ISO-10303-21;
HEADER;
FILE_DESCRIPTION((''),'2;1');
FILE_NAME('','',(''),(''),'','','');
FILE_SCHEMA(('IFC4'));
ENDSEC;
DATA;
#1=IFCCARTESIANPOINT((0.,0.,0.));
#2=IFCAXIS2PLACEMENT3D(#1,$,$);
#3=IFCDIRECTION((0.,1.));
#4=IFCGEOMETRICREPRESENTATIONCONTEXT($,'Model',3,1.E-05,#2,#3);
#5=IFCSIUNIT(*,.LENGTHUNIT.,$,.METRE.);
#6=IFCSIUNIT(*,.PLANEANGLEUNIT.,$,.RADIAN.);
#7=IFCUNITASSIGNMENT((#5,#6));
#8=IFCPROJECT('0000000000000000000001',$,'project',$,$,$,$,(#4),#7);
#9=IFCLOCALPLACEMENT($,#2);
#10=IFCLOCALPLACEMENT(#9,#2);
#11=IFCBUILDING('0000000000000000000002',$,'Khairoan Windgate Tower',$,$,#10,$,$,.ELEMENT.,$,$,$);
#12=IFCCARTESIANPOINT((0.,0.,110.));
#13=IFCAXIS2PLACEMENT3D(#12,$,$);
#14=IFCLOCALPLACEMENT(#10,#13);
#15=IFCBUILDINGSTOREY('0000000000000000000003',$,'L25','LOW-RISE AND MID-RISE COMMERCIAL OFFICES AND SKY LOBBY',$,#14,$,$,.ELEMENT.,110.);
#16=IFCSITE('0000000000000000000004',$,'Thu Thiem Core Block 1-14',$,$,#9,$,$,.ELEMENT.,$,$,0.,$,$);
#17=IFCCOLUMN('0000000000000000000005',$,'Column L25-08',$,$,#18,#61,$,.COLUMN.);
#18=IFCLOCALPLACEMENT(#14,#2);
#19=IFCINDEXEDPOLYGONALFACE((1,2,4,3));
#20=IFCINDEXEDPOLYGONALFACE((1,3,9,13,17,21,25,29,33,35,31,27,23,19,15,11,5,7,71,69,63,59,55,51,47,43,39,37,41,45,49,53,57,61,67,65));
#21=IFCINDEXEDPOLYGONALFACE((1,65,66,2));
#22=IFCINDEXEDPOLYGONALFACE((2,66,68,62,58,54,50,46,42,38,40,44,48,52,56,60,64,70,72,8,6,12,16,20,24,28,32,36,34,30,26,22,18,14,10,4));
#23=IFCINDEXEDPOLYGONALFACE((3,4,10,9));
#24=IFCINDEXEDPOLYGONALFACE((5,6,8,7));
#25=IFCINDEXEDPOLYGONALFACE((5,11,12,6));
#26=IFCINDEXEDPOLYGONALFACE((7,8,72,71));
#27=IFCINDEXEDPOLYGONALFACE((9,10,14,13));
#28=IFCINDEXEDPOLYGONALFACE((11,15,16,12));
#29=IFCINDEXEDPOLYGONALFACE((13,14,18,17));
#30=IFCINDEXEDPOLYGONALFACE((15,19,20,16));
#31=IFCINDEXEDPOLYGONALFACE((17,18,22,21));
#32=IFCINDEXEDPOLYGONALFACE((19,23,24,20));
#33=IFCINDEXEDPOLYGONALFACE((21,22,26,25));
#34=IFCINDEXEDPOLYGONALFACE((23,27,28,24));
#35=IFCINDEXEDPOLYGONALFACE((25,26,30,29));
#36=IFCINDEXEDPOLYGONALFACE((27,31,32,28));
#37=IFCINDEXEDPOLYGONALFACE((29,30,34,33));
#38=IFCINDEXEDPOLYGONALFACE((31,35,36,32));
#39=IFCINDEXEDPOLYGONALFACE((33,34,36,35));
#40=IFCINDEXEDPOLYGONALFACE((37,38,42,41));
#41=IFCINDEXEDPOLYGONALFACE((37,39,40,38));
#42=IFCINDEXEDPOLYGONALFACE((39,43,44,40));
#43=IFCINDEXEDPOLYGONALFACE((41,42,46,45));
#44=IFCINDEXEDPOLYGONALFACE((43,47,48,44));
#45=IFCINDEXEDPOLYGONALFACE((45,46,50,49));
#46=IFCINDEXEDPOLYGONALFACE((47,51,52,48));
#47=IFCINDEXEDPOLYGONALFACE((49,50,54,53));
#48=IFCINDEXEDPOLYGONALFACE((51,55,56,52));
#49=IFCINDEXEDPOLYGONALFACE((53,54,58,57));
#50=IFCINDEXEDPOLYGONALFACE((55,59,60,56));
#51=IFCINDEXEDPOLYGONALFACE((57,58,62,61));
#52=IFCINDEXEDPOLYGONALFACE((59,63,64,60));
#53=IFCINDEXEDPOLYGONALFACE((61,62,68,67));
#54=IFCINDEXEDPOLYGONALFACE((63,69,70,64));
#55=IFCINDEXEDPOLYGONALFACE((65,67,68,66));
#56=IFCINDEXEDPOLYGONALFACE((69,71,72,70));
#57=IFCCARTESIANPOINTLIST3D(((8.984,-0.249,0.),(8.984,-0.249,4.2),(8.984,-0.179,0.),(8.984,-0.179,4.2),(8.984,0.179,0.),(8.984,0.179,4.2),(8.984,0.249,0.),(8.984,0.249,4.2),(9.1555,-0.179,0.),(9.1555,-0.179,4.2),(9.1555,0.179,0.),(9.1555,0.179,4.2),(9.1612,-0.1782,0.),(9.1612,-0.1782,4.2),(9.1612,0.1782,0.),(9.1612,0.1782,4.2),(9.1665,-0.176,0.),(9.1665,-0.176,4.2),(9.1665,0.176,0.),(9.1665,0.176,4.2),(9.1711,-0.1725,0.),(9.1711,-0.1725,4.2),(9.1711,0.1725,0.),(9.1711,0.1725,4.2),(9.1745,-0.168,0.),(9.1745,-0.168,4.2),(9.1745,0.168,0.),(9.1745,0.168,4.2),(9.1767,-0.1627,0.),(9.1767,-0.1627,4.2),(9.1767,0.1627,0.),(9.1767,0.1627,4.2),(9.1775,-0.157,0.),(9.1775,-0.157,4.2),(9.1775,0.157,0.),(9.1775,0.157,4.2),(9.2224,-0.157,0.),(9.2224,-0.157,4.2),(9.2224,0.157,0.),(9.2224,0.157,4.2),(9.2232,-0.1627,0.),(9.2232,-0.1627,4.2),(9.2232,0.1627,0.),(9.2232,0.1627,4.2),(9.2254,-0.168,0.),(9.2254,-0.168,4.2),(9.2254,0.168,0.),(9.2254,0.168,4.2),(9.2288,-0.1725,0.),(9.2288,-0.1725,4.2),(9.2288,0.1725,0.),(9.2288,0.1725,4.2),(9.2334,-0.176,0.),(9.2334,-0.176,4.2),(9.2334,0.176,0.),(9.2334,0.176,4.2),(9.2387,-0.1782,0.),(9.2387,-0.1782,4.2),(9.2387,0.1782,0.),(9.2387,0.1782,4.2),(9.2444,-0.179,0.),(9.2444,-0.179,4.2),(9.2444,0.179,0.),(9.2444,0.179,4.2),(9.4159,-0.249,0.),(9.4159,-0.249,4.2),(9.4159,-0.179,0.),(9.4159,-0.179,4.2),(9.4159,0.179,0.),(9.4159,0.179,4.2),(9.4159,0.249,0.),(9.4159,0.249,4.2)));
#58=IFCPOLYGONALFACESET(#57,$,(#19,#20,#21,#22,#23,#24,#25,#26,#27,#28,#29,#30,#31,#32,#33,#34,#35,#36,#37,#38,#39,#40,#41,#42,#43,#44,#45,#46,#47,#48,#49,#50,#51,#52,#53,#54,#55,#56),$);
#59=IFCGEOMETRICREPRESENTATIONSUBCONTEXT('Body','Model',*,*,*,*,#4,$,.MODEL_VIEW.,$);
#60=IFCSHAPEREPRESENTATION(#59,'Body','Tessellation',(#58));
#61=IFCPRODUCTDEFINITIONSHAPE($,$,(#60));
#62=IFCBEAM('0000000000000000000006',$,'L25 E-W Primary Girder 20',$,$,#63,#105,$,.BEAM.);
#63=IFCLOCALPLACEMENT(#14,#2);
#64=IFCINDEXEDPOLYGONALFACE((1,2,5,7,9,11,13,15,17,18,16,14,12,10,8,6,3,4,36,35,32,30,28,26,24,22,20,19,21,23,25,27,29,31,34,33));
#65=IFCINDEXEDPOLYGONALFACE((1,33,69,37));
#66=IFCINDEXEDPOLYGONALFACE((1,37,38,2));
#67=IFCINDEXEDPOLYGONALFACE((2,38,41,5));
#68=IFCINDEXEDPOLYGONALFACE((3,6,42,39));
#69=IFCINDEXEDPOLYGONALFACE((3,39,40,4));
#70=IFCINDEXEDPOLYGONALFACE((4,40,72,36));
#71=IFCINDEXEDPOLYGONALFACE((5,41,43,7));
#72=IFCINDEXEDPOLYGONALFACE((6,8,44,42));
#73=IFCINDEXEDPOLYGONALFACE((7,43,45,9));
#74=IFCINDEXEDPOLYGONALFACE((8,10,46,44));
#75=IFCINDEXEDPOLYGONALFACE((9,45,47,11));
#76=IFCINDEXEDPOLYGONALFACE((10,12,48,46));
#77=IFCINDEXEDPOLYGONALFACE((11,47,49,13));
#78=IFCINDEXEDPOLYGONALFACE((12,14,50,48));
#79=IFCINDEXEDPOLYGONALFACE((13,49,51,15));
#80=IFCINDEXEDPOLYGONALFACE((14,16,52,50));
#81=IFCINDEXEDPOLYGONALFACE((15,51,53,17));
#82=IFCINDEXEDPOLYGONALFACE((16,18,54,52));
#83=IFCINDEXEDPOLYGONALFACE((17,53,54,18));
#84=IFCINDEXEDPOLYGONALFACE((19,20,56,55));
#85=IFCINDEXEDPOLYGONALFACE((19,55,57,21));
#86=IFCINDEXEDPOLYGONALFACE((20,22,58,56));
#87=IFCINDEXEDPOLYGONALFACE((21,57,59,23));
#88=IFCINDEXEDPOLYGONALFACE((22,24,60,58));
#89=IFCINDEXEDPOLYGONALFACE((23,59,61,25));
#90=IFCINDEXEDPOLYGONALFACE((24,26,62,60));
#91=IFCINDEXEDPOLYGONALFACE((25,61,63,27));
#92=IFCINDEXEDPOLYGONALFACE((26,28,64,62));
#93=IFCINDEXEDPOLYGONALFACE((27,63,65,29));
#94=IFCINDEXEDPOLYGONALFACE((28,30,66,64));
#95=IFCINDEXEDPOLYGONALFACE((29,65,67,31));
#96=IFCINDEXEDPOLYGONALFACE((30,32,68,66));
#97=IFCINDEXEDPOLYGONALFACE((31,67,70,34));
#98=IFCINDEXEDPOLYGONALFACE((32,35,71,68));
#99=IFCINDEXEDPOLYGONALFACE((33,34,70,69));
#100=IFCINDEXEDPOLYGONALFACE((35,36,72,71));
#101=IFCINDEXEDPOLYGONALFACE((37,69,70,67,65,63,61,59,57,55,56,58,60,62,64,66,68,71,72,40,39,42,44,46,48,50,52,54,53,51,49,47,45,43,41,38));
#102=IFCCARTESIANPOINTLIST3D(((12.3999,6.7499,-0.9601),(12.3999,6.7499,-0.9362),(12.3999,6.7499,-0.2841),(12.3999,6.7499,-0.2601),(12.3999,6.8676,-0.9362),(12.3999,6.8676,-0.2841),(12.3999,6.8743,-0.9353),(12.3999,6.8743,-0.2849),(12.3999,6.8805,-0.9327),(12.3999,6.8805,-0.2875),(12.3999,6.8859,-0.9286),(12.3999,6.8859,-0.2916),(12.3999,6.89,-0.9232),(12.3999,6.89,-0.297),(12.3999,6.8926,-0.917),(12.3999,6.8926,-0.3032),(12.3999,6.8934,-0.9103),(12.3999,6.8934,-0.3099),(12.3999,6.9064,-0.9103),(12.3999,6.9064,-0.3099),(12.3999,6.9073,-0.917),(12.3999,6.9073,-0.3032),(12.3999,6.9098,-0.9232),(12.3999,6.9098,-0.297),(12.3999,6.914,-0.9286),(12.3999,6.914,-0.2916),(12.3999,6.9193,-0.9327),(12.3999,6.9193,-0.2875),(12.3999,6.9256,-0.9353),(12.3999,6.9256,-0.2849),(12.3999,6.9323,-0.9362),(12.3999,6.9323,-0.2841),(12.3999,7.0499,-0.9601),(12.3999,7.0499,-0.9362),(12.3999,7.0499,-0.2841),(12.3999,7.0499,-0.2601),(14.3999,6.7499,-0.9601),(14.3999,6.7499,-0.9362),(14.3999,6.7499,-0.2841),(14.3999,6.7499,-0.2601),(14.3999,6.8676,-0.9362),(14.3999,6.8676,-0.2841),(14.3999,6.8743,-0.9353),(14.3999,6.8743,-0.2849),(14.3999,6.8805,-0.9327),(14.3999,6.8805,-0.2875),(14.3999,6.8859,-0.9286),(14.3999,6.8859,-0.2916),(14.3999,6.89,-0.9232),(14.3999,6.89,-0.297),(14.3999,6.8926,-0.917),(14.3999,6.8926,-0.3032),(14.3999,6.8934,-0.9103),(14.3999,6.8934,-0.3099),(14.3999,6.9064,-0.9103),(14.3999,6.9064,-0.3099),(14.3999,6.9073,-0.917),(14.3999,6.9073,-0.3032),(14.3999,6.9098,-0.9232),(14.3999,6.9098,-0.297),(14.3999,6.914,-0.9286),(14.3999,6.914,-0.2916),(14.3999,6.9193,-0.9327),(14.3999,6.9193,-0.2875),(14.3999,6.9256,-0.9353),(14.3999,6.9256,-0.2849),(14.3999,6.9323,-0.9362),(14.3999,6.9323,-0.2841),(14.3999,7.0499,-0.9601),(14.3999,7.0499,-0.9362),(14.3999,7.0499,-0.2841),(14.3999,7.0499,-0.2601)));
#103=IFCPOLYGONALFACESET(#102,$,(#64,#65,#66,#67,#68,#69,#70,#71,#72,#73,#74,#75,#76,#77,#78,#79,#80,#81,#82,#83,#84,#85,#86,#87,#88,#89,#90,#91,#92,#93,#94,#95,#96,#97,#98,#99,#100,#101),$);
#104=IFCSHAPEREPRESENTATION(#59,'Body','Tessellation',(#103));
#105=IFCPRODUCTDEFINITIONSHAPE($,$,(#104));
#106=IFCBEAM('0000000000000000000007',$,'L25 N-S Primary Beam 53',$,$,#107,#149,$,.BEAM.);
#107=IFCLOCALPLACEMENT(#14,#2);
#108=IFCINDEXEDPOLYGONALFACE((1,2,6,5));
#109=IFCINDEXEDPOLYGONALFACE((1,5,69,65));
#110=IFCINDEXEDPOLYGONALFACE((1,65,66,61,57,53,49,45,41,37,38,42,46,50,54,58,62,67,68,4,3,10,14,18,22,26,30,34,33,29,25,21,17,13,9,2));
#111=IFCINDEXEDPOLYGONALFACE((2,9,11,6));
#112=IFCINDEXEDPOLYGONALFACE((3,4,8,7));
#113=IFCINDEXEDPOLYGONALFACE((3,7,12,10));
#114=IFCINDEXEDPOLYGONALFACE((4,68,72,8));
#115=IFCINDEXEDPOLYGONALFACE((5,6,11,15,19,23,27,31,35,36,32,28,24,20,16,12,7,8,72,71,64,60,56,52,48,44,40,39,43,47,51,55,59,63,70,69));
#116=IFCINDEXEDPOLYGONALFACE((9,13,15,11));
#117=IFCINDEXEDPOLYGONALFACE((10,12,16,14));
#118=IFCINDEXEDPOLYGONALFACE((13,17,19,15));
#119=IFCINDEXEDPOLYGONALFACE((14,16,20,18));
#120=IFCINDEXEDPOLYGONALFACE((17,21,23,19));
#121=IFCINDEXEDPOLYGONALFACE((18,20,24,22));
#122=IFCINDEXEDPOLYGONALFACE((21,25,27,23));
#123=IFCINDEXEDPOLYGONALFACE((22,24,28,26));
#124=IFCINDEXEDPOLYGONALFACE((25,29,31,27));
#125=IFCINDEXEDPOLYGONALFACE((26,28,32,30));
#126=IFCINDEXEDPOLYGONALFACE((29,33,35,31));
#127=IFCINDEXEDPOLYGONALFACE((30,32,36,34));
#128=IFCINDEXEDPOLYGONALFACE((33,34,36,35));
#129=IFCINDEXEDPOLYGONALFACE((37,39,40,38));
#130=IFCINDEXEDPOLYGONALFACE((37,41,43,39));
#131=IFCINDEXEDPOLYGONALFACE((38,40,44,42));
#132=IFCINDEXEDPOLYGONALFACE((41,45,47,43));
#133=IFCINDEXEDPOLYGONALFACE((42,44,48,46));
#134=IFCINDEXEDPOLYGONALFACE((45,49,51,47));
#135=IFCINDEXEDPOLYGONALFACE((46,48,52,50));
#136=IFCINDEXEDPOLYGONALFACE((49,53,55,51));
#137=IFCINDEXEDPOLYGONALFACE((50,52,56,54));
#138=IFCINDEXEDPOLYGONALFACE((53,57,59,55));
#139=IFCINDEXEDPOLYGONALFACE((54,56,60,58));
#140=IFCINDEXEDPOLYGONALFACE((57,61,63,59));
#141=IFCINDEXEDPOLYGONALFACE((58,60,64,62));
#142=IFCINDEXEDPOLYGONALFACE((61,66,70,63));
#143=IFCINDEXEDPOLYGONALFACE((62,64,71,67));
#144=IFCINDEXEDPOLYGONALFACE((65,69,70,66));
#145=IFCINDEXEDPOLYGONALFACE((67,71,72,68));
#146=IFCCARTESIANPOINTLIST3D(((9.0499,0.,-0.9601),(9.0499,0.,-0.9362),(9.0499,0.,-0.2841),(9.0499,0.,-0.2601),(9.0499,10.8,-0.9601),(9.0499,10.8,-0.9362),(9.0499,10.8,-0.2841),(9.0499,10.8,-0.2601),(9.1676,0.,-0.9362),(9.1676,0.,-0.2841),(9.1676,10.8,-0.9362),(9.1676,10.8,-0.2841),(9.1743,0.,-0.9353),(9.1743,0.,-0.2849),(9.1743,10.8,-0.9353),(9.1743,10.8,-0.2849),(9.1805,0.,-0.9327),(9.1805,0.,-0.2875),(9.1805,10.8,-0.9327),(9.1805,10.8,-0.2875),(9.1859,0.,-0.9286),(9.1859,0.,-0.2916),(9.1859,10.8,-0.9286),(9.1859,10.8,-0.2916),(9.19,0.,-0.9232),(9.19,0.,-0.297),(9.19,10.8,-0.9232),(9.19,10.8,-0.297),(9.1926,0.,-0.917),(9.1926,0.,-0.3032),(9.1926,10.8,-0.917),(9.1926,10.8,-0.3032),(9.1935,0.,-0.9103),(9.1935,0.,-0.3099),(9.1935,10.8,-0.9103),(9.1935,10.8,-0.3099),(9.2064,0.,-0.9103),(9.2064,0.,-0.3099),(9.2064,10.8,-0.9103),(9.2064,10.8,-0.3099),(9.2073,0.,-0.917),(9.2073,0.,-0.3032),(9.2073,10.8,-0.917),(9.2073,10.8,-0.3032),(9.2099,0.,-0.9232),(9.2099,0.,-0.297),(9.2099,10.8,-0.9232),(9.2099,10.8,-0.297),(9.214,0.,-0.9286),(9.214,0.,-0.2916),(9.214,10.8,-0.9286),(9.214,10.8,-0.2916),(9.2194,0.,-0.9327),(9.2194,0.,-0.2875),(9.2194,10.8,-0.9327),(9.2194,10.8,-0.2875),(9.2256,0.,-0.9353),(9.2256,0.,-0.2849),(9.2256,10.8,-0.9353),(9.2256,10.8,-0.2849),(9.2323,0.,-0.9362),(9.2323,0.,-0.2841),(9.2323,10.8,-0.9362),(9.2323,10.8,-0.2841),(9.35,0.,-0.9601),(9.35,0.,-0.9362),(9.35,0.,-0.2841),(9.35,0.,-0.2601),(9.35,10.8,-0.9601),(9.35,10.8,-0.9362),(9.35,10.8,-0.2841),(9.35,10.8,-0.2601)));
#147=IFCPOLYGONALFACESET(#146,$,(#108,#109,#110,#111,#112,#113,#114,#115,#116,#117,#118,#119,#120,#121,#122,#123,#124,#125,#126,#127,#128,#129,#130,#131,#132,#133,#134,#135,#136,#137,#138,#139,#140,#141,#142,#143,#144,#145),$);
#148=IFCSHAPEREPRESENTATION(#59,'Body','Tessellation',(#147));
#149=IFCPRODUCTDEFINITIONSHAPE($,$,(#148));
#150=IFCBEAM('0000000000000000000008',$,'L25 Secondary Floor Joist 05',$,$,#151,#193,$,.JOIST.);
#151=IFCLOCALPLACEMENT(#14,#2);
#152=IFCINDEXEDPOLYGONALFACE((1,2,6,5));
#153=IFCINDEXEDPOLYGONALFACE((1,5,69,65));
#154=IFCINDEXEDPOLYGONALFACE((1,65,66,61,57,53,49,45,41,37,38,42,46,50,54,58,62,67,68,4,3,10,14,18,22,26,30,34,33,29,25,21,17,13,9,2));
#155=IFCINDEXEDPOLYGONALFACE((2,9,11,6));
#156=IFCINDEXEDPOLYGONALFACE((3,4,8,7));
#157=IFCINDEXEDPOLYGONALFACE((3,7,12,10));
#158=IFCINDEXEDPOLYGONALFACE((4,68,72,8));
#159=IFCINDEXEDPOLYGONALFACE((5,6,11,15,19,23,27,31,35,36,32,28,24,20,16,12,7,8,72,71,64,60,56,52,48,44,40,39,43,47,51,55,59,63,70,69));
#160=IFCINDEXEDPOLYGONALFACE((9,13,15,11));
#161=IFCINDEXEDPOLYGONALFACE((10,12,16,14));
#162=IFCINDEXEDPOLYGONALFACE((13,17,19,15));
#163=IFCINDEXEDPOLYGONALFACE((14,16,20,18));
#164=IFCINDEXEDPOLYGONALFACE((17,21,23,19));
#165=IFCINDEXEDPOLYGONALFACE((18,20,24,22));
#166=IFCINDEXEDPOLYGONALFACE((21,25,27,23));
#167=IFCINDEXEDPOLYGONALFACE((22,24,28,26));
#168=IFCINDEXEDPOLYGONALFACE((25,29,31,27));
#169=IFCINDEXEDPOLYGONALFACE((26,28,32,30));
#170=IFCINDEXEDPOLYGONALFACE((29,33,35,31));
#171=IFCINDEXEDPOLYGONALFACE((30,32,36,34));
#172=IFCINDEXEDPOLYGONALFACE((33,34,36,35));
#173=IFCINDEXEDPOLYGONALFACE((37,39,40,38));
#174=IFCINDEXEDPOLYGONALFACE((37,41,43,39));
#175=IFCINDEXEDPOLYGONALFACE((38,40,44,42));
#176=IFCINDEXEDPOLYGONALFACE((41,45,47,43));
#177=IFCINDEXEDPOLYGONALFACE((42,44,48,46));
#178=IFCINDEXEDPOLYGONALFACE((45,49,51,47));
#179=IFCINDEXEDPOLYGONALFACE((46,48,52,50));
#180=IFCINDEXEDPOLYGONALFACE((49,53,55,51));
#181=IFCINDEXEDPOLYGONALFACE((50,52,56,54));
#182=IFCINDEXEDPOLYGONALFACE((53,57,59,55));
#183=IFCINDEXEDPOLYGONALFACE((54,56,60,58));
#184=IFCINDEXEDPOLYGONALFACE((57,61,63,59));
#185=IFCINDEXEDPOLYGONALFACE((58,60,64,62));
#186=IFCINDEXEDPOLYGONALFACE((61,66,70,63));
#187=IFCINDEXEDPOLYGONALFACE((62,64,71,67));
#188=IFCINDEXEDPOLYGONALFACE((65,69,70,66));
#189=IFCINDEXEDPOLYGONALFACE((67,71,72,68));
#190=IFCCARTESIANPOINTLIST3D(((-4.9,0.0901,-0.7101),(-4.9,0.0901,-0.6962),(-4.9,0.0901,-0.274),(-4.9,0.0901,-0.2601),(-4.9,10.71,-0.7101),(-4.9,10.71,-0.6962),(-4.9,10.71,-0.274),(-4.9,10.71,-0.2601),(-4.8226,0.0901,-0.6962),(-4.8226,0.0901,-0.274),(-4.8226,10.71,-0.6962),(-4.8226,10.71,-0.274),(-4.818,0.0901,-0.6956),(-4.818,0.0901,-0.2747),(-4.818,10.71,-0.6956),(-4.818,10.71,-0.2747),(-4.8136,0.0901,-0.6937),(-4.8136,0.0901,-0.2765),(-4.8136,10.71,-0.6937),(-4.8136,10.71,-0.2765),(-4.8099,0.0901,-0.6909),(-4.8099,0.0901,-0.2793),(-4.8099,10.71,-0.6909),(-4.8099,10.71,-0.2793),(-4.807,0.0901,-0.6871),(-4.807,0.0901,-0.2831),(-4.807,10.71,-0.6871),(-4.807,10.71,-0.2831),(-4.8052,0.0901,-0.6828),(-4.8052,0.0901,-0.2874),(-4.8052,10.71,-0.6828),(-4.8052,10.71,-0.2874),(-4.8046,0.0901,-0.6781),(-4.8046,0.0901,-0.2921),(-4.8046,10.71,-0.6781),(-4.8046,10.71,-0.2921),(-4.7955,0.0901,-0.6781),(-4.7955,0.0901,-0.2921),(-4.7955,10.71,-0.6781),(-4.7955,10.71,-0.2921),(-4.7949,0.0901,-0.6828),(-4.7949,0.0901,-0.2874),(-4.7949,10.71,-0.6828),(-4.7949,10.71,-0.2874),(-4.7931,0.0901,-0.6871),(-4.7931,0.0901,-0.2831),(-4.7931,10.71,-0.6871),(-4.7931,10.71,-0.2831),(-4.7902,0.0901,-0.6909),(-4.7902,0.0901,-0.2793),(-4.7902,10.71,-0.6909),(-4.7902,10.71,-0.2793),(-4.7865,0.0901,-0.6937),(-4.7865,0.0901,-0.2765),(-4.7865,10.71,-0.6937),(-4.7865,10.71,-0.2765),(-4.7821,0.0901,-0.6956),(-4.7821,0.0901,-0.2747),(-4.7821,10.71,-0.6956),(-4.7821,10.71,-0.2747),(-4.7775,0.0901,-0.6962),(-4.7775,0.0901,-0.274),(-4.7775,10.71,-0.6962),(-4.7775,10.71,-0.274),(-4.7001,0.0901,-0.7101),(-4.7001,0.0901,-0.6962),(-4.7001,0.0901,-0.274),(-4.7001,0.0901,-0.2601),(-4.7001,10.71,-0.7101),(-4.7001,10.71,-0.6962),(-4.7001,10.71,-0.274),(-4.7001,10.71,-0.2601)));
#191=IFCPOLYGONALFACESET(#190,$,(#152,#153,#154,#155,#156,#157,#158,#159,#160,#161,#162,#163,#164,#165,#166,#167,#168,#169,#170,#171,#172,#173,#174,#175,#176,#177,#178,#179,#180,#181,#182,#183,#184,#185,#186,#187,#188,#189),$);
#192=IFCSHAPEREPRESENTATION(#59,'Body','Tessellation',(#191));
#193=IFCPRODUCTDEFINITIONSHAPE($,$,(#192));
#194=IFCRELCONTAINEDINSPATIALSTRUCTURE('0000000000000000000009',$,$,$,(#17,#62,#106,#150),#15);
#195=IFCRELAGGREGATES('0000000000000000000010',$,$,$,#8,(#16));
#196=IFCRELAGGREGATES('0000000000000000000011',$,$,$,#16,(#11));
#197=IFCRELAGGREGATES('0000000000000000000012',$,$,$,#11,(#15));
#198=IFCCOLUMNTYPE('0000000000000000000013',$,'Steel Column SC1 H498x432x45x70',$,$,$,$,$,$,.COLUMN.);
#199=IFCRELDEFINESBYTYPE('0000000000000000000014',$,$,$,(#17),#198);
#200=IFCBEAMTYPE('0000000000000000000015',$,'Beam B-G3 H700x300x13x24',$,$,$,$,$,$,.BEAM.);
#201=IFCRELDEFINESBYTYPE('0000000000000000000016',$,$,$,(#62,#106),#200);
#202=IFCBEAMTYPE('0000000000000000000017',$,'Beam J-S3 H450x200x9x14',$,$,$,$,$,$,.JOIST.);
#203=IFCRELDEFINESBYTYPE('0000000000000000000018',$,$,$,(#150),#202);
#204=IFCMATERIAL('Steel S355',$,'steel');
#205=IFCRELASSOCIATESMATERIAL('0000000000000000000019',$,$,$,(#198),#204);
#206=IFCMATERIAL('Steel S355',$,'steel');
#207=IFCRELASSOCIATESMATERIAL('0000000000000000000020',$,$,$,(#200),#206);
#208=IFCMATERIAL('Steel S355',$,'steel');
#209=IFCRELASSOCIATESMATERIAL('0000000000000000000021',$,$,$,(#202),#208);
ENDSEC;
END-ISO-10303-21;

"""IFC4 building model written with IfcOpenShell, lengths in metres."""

from ifc_helpers import new_model, si_unit, direction, frame, origin, origin_2d, place, context, subcontext, project, spatial, i_section, extrude, material, material_profile, profile_set, type_object, element, save


model = new_model("IFC4")

# Units and contexts
model_context = context("Model", 3, precision=1e-05, world=origin(), true_north=direction((0.0, 1.0)))
body_context = subcontext(model_context, "Body", "Model", "MODEL_VIEW")
ifc_project = project(units=[si_unit("LENGTHUNIT", "METRE"), si_unit("PLANEANGLEUNIT", "RADIAN")], contexts=[model_context])

# Site, building, storey
site_placement = place(None, origin())
site = spatial("IfcSite", under=ifc_project, at=site_placement, Name="Thu Thiem Core Block 1-14", CompositionType="ELEMENT", RefElevation=0.0)
building_placement = place(site_placement, origin())
building = spatial("IfcBuilding", under=site, at=building_placement, Name="Khairoan Windgate Tower", CompositionType="ELEMENT")
storey_placement = place(building_placement, frame((0.0, 0.0, 110.0)))
storey = spatial("IfcBuildingStorey", under=building, at=storey_placement, Name="L25", Description="LOW-RISE AND MID-RISE COMMERCIAL OFFICES AND SKY LOBBY", CompositionType="ELEMENT", Elevation=110.0)

# Column
ifc_material_1 = material(Name="Steel S355", Category="steel")
ifc_material_profile_1 = material_profile(ifc_material_1, i_section(OverallWidth=0.4319, OverallDepth=0.498, WebThickness=0.0449, FlangeThickness=0.0701, FilletRadius=0.022, at=origin_2d()))
ifc_profile_set_1 = profile_set([ifc_material_profile_1], Name="Steel S355")
column_type = type_object("IfcColumnType", Name="Steel Column SC1 H498x432x45x70", PredefinedType="COLUMN", material=ifc_profile_set_1)
column_placement = place(storey_placement, frame((9.2, 0.0, 0.0), z_axis=(0.0, 0.0, 1.0), x_axis=(1.0, 0.0, 0.0)))
element("IfcColumn", 1, at=column_placement, inside=storey, type_object=column_type, Name="Column L25-08", PredefinedType="COLUMN", context=body_context, shape_type="SweptSolid", body=[
    extrude(i_section(OverallWidth=0.4319, OverallDepth=0.498, WebThickness=0.0449, FlangeThickness=0.0701, FilletRadius=0.022, at=origin_2d()), origin(), (0.0, 0.0, 1.0), 4.2),
])

# Beams
ifc_material_2 = material(Name="Steel S355", Category="steel")
ifc_material_profile_2 = material_profile(ifc_material_2, i_section(OverallWidth=0.3, OverallDepth=0.7, WebThickness=0.0129, FlangeThickness=0.0239, FilletRadius=0.0259, at=origin_2d()))
ifc_profile_set_2 = profile_set([ifc_material_profile_2], Name="Steel S355")
beam_type_1 = type_object("IfcBeamType", Name="Beam B-G3 H700x300x13x24", PredefinedType="BEAM", material=ifc_profile_set_2)
beam_1_placement = place(storey_placement, frame((12.3999, 6.8999, -0.6101), z_axis=(1.0, 0.0, 0.0), x_axis=(0.0, 1.0, 0.0)))
element("IfcBeam", 2, at=beam_1_placement, inside=storey, type_object=beam_type_1, Name="L25 E-W Primary Girder 20", PredefinedType="BEAM", context=body_context, shape_type="SweptSolid", body=[
    extrude(i_section(OverallWidth=0.3, OverallDepth=0.7, WebThickness=0.0129, FlangeThickness=0.0239, FilletRadius=0.0259, at=origin_2d()), origin(), (0.0, 0.0, 1.0), 2.0),
])
beam_2_placement = place(storey_placement, frame((9.2, 0.0, -0.6101), z_axis=(0.0, 1.0, 0.0), x_axis=(-1.0, 0.0, 0.0)))
element("IfcBeam", 3, at=beam_2_placement, inside=storey, type_object=beam_type_1, Name="L25 N-S Primary Beam 53", PredefinedType="BEAM", context=body_context, shape_type="SweptSolid", body=[
    extrude(i_section(OverallWidth=0.3, OverallDepth=0.7, WebThickness=0.0129, FlangeThickness=0.0239, FilletRadius=0.0259, at=origin_2d()), origin(), (0.0, 0.0, 1.0), 10.8),
])
ifc_material_3 = material(Name="Steel S355", Category="steel")
ifc_material_profile_3 = material_profile(ifc_material_3, i_section(OverallWidth=0.2, OverallDepth=0.45, WebThickness=0.009, FlangeThickness=0.0139, FilletRadius=0.0181, at=origin_2d()))
ifc_profile_set_3 = profile_set([ifc_material_profile_3], Name="Steel S355")
beam_type_2 = type_object("IfcBeamType", Name="Beam J-S3 H450x200x9x14", PredefinedType="JOIST", material=ifc_profile_set_3)
for number, where, z_axis, x_axis, name in (
    (4, (-4.8, 0.0901, -0.4851), (0.0, 1.0, 0.0), (-1.0, 0.0, 0.0), "L25 Secondary Floor Joist 05"),
):
    element("IfcBeam", number, at=place(storey_placement, frame(where, z_axis=z_axis, x_axis=x_axis)), inside=storey, type_object=beam_type_2, Name=name, PredefinedType="JOIST", context=body_context, shape_type="SweptSolid", body=[
        extrude(i_section(OverallWidth=0.2, OverallDepth=0.45, WebThickness=0.009, FlangeThickness=0.0139, FilletRadius=0.0181, at=origin_2d()), origin(), (0.0, 0.0, 1.0), 10.6199),
    ])

save(model, "model.ifc")
